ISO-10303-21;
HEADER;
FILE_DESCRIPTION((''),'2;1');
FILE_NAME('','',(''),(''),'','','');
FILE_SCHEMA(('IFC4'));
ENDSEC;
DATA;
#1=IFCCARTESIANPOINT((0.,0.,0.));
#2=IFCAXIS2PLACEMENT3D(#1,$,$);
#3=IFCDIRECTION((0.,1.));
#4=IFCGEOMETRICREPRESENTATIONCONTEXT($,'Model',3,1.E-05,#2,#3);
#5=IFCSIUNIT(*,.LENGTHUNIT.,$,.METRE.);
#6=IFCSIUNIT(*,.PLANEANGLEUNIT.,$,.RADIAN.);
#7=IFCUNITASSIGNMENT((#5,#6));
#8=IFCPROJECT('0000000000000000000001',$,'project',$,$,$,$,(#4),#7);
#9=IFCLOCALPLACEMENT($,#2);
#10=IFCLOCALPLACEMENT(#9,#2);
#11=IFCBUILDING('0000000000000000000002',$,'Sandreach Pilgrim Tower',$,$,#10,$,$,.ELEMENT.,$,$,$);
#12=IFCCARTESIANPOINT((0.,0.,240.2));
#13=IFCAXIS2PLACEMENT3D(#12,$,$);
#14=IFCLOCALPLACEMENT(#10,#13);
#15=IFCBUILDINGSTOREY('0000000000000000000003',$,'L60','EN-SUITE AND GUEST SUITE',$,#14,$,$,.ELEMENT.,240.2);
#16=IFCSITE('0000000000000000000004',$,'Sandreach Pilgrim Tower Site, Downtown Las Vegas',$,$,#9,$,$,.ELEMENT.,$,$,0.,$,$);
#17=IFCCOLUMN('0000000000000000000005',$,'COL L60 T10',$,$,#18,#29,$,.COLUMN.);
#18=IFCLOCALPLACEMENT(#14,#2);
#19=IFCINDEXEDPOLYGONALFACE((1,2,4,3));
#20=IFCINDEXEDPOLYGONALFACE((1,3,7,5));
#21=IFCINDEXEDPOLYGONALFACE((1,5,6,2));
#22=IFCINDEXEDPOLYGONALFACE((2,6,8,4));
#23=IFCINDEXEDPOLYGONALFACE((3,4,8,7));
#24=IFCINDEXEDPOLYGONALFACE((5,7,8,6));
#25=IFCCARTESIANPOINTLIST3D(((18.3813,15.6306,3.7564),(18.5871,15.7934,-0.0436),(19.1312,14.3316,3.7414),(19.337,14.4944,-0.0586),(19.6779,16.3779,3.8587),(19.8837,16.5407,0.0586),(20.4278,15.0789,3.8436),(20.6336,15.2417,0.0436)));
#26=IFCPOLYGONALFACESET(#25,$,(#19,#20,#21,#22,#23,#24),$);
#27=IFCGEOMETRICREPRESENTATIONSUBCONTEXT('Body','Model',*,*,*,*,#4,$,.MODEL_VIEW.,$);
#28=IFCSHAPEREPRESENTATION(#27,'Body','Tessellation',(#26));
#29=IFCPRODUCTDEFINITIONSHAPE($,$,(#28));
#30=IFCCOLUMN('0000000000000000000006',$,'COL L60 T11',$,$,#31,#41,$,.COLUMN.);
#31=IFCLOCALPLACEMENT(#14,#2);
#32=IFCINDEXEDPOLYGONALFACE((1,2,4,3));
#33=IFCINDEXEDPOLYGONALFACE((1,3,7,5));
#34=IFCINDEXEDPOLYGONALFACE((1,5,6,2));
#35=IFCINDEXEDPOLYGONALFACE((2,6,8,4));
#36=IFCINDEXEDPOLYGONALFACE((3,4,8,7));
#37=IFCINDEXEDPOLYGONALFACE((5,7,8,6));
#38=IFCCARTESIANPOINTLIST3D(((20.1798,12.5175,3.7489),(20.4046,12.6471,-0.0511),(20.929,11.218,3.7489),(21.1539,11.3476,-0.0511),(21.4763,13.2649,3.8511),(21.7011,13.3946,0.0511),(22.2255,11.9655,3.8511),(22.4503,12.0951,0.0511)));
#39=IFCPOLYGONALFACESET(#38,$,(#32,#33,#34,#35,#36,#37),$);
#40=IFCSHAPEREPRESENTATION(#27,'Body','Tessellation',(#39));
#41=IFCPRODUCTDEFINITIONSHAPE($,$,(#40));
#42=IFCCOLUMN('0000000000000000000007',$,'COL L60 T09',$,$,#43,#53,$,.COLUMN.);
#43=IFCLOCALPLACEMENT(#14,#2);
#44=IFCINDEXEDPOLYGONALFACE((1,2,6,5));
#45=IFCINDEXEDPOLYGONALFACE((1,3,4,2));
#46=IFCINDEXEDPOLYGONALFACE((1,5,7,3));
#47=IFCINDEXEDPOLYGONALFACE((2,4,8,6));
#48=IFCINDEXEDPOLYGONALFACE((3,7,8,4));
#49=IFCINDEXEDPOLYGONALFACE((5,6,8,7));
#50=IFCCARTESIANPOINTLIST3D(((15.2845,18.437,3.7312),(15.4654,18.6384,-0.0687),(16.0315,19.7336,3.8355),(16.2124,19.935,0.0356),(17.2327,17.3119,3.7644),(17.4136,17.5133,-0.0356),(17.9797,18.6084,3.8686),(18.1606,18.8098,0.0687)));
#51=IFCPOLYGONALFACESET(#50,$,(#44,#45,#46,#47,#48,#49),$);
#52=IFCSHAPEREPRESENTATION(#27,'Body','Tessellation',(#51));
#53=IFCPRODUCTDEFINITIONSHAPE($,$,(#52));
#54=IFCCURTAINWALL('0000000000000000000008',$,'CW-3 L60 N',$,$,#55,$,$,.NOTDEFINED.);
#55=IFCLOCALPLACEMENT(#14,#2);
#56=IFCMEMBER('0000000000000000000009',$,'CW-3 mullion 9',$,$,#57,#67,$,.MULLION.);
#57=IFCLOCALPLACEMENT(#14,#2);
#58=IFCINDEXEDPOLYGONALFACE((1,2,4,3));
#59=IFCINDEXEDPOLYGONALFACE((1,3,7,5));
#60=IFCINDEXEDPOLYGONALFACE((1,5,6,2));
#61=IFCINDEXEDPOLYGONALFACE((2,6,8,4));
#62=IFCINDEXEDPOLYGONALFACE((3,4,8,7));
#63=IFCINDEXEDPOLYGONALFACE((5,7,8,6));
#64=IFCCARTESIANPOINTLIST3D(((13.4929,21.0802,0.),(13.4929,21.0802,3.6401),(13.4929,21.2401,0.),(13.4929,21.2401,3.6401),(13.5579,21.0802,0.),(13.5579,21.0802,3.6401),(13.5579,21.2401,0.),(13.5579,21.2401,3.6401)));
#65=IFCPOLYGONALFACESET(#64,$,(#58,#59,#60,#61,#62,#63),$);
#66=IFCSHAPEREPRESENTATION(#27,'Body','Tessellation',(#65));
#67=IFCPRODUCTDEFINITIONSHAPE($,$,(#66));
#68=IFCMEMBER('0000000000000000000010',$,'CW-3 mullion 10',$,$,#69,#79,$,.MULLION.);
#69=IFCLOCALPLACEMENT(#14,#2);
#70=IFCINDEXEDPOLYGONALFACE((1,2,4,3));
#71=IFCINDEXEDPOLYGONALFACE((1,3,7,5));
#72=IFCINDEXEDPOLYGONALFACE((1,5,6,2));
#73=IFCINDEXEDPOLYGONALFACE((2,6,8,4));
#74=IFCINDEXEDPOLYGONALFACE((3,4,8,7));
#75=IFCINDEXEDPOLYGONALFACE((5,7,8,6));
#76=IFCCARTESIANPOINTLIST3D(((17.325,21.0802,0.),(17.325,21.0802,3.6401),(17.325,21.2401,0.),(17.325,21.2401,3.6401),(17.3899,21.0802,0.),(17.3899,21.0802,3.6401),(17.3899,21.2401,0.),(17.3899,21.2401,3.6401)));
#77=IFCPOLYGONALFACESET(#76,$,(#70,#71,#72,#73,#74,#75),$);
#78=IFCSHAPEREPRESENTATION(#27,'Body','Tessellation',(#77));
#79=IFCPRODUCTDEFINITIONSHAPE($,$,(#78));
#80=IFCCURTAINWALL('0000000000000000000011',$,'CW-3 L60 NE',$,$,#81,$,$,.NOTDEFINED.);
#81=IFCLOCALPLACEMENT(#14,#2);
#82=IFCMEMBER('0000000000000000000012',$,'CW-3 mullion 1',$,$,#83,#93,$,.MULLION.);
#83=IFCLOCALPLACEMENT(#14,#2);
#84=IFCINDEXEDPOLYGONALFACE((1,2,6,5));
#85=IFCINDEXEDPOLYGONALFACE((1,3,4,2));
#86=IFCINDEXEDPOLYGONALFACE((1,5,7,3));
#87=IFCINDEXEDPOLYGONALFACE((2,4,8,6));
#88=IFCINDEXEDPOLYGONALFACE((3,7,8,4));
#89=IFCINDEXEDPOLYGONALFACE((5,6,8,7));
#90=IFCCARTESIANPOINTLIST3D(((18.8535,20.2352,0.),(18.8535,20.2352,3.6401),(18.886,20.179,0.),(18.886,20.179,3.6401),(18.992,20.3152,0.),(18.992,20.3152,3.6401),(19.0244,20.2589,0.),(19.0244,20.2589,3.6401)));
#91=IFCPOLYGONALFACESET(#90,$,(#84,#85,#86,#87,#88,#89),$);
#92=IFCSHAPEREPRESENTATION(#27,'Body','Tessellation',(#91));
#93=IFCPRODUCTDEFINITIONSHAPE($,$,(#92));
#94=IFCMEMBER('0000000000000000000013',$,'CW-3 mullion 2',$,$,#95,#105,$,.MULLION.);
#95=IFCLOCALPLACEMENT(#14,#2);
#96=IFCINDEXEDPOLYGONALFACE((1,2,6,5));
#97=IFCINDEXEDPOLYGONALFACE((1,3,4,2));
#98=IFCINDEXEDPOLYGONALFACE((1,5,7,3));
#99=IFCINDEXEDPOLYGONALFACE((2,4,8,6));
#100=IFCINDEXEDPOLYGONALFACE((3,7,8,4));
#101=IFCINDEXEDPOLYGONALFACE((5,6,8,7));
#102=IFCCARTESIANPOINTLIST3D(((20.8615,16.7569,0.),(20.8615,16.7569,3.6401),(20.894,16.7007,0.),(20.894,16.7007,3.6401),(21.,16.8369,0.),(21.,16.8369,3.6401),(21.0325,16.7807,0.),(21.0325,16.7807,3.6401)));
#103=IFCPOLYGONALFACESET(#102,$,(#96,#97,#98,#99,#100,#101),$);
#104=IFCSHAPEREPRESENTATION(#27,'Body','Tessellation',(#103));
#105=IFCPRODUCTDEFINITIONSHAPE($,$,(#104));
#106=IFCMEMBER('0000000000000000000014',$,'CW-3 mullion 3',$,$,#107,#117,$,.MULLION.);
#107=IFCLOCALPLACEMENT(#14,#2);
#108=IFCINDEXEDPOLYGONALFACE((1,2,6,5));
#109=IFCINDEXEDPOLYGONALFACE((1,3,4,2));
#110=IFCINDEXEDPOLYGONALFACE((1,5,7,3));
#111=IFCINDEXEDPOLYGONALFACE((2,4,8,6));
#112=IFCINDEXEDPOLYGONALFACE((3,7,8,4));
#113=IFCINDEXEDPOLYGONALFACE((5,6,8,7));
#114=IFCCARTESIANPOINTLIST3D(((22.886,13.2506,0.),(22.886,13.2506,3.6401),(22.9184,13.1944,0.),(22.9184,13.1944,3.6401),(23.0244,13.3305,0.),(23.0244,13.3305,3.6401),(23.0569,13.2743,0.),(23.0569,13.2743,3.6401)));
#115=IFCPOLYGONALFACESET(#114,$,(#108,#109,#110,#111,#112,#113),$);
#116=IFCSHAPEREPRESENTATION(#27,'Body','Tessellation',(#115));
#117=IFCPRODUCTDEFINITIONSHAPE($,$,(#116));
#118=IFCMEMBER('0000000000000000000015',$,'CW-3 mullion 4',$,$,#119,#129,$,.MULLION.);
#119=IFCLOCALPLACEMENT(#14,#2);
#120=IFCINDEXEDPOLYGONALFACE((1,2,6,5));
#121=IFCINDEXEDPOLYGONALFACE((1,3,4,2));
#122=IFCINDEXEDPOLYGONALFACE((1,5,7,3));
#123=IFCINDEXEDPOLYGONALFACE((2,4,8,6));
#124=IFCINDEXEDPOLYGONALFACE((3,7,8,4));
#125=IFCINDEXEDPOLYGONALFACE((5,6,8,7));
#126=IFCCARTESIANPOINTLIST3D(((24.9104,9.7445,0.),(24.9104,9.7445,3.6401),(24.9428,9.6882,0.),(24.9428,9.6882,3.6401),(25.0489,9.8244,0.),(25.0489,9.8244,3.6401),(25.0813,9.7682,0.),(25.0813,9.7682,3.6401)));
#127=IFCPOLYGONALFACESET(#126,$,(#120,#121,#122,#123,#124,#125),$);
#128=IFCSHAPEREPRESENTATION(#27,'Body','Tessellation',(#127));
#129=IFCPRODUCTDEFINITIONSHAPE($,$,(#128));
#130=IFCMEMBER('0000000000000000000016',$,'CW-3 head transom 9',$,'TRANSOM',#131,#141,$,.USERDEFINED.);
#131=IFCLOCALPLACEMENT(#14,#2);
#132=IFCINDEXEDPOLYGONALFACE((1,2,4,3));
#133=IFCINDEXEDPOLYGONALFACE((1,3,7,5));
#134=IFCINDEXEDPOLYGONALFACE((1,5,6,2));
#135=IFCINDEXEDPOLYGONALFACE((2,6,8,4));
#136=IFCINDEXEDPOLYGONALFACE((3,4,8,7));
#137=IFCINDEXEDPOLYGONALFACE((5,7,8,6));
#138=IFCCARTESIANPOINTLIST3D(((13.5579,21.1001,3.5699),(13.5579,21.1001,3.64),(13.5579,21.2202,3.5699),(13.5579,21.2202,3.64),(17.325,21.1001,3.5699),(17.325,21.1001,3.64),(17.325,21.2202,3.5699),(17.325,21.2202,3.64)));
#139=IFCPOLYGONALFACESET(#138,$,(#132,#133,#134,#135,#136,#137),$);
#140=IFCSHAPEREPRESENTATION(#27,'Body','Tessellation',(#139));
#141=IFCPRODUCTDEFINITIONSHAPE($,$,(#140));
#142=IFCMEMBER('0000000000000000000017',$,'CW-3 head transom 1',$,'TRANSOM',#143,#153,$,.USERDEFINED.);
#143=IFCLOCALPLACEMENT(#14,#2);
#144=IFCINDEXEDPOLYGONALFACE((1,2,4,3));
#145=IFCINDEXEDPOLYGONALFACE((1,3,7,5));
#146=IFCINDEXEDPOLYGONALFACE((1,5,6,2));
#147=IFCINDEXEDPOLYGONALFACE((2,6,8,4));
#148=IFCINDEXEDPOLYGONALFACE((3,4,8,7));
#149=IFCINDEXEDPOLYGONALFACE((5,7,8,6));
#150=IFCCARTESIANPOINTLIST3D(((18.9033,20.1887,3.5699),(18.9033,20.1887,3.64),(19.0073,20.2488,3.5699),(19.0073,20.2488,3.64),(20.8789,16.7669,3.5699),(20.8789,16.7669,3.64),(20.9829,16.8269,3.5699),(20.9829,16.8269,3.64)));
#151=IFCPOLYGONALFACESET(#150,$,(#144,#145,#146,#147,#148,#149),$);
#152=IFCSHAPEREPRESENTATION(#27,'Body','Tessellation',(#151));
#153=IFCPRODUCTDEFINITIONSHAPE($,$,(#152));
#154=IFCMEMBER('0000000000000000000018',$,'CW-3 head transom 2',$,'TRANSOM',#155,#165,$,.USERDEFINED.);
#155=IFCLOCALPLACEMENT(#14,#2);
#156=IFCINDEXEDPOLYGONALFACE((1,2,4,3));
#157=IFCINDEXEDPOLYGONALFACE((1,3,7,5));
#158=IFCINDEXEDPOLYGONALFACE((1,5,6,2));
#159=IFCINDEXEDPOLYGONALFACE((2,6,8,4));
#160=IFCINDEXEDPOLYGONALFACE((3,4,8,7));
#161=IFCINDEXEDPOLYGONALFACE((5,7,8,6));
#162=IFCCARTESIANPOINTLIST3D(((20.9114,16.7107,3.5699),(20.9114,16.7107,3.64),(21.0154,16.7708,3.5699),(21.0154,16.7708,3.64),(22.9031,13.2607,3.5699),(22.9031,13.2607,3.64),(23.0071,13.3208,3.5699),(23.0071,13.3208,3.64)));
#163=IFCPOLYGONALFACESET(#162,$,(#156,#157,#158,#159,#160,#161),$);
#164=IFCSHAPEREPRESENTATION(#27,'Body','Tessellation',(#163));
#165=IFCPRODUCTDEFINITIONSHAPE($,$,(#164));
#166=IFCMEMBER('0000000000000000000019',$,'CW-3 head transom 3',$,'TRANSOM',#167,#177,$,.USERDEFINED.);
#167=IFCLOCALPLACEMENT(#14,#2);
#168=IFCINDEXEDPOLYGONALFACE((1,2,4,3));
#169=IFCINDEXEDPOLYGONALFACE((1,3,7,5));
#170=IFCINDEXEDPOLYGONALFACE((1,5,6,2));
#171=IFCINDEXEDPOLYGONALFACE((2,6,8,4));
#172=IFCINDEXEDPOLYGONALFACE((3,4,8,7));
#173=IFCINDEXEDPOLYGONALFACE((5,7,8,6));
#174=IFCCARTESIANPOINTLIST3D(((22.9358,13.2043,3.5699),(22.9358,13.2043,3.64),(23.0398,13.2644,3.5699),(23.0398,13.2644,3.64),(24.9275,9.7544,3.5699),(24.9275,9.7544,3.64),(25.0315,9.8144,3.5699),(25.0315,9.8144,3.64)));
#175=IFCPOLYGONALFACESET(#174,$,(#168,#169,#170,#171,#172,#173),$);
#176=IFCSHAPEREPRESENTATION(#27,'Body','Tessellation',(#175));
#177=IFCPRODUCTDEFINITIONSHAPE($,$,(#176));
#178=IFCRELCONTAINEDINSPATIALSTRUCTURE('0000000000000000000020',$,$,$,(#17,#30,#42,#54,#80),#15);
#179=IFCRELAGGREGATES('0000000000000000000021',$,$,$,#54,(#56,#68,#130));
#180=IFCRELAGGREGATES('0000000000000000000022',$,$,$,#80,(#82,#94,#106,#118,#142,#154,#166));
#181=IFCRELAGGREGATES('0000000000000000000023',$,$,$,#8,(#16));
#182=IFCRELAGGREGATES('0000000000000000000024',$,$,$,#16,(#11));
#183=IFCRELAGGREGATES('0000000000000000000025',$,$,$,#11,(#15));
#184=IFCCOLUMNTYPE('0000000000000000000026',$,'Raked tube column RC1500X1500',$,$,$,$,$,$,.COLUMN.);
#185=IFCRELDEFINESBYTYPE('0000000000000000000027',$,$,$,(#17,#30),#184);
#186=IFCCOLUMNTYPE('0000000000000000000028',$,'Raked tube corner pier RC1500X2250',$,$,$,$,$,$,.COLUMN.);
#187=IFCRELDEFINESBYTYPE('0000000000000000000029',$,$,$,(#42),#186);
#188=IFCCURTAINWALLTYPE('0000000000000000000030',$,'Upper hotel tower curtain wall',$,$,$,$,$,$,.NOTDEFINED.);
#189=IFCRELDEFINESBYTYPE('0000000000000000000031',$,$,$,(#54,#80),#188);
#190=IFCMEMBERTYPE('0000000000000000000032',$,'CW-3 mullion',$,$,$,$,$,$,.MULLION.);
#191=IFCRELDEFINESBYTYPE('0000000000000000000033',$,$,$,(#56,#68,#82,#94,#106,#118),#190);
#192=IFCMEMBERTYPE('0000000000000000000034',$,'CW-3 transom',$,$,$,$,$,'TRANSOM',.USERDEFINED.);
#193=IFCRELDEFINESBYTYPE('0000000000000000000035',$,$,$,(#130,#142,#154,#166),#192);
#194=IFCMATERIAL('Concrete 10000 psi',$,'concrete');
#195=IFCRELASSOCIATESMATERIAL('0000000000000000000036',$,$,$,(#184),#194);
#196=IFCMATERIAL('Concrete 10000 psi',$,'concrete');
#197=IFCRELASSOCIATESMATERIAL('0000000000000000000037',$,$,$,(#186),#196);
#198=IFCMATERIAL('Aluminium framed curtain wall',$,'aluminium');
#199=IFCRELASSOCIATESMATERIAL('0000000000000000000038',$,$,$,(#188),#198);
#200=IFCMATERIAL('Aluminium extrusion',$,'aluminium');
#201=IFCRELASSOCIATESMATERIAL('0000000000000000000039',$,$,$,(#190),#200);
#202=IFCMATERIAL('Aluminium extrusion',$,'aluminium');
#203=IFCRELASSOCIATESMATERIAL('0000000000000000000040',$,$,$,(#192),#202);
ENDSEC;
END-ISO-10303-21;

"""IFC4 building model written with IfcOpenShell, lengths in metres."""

from ifc_helpers import new_model, si_unit, direction, frame, origin, origin_2d, place, context, subcontext, project, spatial, rectangle, extrude, material, material_profile, profile_set, type_object, element, aggregate, save


model = new_model("IFC4")

# Units and contexts
model_context = context("Model", 3, precision=1e-05, world=origin(), true_north=direction((0.0, 1.0)))
body_context = subcontext(model_context, "Body", "Model", "MODEL_VIEW")
ifc_project = project(units=[si_unit("LENGTHUNIT", "METRE"), si_unit("PLANEANGLEUNIT", "RADIAN")], contexts=[model_context])

# Site, building, storey
site_placement = place(None, origin())
site = spatial("IfcSite", under=ifc_project, at=site_placement, Name="Sandreach Pilgrim Tower Site, Downtown Las Vegas", CompositionType="ELEMENT", RefElevation=0.0)
building_placement = place(site_placement, origin())
building = spatial("IfcBuilding", under=site, at=building_placement, Name="Sandreach Pilgrim Tower", CompositionType="ELEMENT")
storey_placement = place(building_placement, frame((0.0, 0.0, 240.2)))
storey = spatial("IfcBuildingStorey", under=building, at=storey_placement, Name="L60", Description="EN-SUITE AND GUEST SUITE", CompositionType="ELEMENT", Elevation=240.2)

# Columns
ifc_material_1 = material(Name="Concrete 10000 psi", Category="concrete")
ifc_material_profile_1 = material_profile(ifc_material_1, rectangle(XDim=1.5, YDim=1.5, at=origin_2d()), Name="RC1500X1500")
ifc_profile_set_1 = profile_set([ifc_material_profile_1], Name="Concrete 10000 psi")
column_type_1 = type_object("IfcColumnType", Name="Raked tube column RC1500X1500", PredefinedType="COLUMN", material=ifc_profile_set_1)
column_1_placement = place(storey_placement, frame((19.6104, 15.5176, 0.0), z_axis=(-0.054031, -0.042751, 0.997624), x_axis=(0.864378, 0.498202, 0.068164)))
element("IfcColumn", 1, at=column_1_placement, inside=storey, type_object=column_type_1, Name="COL L60 T10", PredefinedType="COLUMN", context=body_context, shape_type="SweptSolid", body=[
    extrude(rectangle(XDim=1.5, YDim=1.5, at=origin_2d()), origin(), (0.0, 0.0, 1.0), 3.8091),
])
column_2_placement = place(storey_placement, frame((21.4275, 12.3711, 0.0), z_axis=(-0.059034, -0.034036, 0.997676), x_axis=(0.864313, 0.498317, 0.068143)))
element("IfcColumn", 2, at=column_2_placement, inside=storey, type_object=column_type_1, Name="COL L60 T11", PredefinedType="COLUMN", context=body_context, shape_type="SweptSolid", body=[
    extrude(rectangle(XDim=1.5, YDim=1.5, at=origin_2d()), origin(), (0.0, 0.0, 1.0), 3.8088),
])
ifc_material_2 = material(Name="Concrete 10000 psi", Category="concrete")
ifc_material_profile_2 = material_profile(ifc_material_2, rectangle(XDim=1.5, YDim=2.25, at=origin_2d()), Name="RC1500X2250")
ifc_profile_set_2 = profile_set([ifc_material_profile_2], Name="Concrete 10000 psi")
column_type_2 = type_object("IfcColumnType", Name="Raked tube corner pier RC1500X2250", PredefinedType="COLUMN", material=ifc_profile_set_2)
column_3_placement = place(storey_placement, frame((16.813, 18.7241, 0.0), z_axis=(-0.047486, -0.05287, 0.997472), x_axis=(0.49802, 0.864374, 0.069524)))
element("IfcColumn", 3, at=column_3_placement, inside=storey, type_object=column_type_2, Name="COL L60 T09", PredefinedType="COLUMN", context=body_context, shape_type="SweptSolid", body=[
    extrude(rectangle(XDim=1.5, YDim=2.25, at=origin_2d()), origin(), (0.0, 0.0, 1.0), 3.8096),
])

# Curtain walls, members
ifc_material_3 = material(Name="Aluminium framed curtain wall", Category="aluminium")
curtain_wall_type = type_object("IfcCurtainWallType", Name="Upper hotel tower curtain wall", PredefinedType="NOTDEFINED", material=ifc_material_3)
curtain_wall_1_placement = place(storey_placement, origin())
curtain_wall_1 = element("IfcCurtainWall", 4, at=curtain_wall_1_placement, inside=storey, type_object=curtain_wall_type, Name="CW-3 L60 N", PredefinedType="NOTDEFINED")
ifc_material_4 = material(Name="Aluminium extrusion", Category="aluminium")
ifc_material_profile_3 = material_profile(ifc_material_4, rectangle(XDim=0.0649, YDim=0.1599, at=origin_2d()), Name="CW-3M 65X160")
ifc_profile_set_3 = profile_set([ifc_material_profile_3], Name="Aluminium extrusion")
member_type_1 = type_object("IfcMemberType", Name="CW-3 mullion", PredefinedType="MULLION", material=ifc_profile_set_3)
member_1_placement = place(storey_placement, frame((13.5254, 21.1602, 0.0), z_axis=(0.0, 0.0, 1.0), x_axis=(1.0, 0.0, 0.0)))
member_1 = element("IfcMember", 5, at=member_1_placement, type_object=member_type_1, Name="CW-3 mullion 9", PredefinedType="MULLION", context=body_context, shape_type="SweptSolid", body=[
    extrude(rectangle(XDim=0.0649, YDim=0.1599, at=origin_2d()), origin(), (0.0, 0.0, 1.0), 3.6401),
])
member_2_placement = place(storey_placement, frame((17.3574, 21.1602, 0.0), z_axis=(0.0, 0.0, 1.0), x_axis=(1.0, 0.0, 0.0)))
member_2 = element("IfcMember", 6, at=member_2_placement, type_object=member_type_1, Name="CW-3 mullion 10", PredefinedType="MULLION", context=body_context, shape_type="SweptSolid", body=[
    extrude(rectangle(XDim=0.0649, YDim=0.1599, at=origin_2d()), origin(), (0.0, 0.0, 1.0), 3.6401),
])
curtain_wall_2_placement = place(storey_placement, origin())
curtain_wall_2 = element("IfcCurtainWall", 7, at=curtain_wall_2_placement, inside=storey, type_object=curtain_wall_type, Name="CW-3 L60 NE", PredefinedType="NOTDEFINED")
member_3_placement = place(storey_placement, frame((18.939, 20.2471, 0.0), z_axis=(0.0, 0.0, 1.0), x_axis=(0.5, -0.866025, 0.0)))
member_3 = element("IfcMember", 8, at=member_3_placement, type_object=member_type_1, Name="CW-3 mullion 1", PredefinedType="MULLION", context=body_context, shape_type="SweptSolid", body=[
    extrude(rectangle(XDim=0.0649, YDim=0.1599, at=origin_2d()), origin(), (0.0, 0.0, 1.0), 3.6401),
])
member_4_placement = place(storey_placement, frame((20.947, 16.7688, 0.0), z_axis=(0.0, 0.0, 1.0), x_axis=(0.5, -0.866025, 0.0)))
member_4 = element("IfcMember", 9, at=member_4_placement, type_object=member_type_1, Name="CW-3 mullion 2", PredefinedType="MULLION", context=body_context, shape_type="SweptSolid", body=[
    extrude(rectangle(XDim=0.0649, YDim=0.1599, at=origin_2d()), origin(), (0.0, 0.0, 1.0), 3.6401),
])
member_5_placement = place(storey_placement, frame((22.9714, 13.2625, 0.0), z_axis=(0.0, 0.0, 1.0), x_axis=(0.5, -0.866025, 0.0)))
member_5 = element("IfcMember", 10, at=member_5_placement, type_object=member_type_1, Name="CW-3 mullion 3", PredefinedType="MULLION", context=body_context, shape_type="SweptSolid", body=[
    extrude(rectangle(XDim=0.0649, YDim=0.1599, at=origin_2d()), origin(), (0.0, 0.0, 1.0), 3.6401),
])
member_6_placement = place(storey_placement, frame((24.9958, 9.7563, 0.0), z_axis=(0.0, 0.0, 1.0), x_axis=(0.5, -0.866025, 0.0)))
member_6 = element("IfcMember", 11, at=member_6_placement, type_object=member_type_1, Name="CW-3 mullion 4", PredefinedType="MULLION", context=body_context, shape_type="SweptSolid", body=[
    extrude(rectangle(XDim=0.0649, YDim=0.1599, at=origin_2d()), origin(), (0.0, 0.0, 1.0), 3.6401),
])

# Members
ifc_material_5 = material(Name="Aluminium extrusion", Category="aluminium")
ifc_material_profile_4 = material_profile(ifc_material_5, rectangle(XDim=0.1201, YDim=0.0701, at=origin_2d()), Name="CW-3T 120X70")
ifc_profile_set_4 = profile_set([ifc_material_profile_4], Name="Aluminium extrusion")
member_type_2 = type_object("IfcMemberType", Name="CW-3 transom", ElementType="TRANSOM", PredefinedType="USERDEFINED", material=ifc_profile_set_4)
member_7_placement = place(storey_placement, frame((13.5579, 21.1602, 3.605), z_axis=(1.0, 0.0, 0.0), x_axis=(0.0, 1.0, 0.0)))
member_7 = element("IfcMember", 12, at=member_7_placement, type_object=member_type_2, Name="CW-3 head transom 9", ObjectType="TRANSOM", PredefinedType="USERDEFINED", context=body_context, shape_type="SweptSolid", body=[
    extrude(rectangle(XDim=0.1201, YDim=0.0701, at=origin_2d()), origin(), (0.0, 0.0, 1.0), 3.7671),
])
member_8_placement = place(storey_placement, frame((18.9553, 20.2188, 3.605), z_axis=(0.499993, -0.866029, 0.0), x_axis=(0.866029, 0.499993, 0.0)))
member_8 = element("IfcMember", 13, at=member_8_placement, type_object=member_type_2, Name="CW-3 head transom 1", ObjectType="TRANSOM", PredefinedType="USERDEFINED", context=body_context, shape_type="SweptSolid", body=[
    extrude(rectangle(XDim=0.1201, YDim=0.0701, at=origin_2d()), origin(), (0.0, 0.0, 1.0), 3.9512),
])
member_9_placement = place(storey_placement, frame((20.9634, 16.7407, 3.605), z_axis=(0.499975, -0.86604, 0.0), x_axis=(0.86604, 0.499975, 0.0)))
member_9 = element("IfcMember", 14, at=member_9_placement, type_object=member_type_2, Name="CW-3 head transom 2", ObjectType="TRANSOM", PredefinedType="USERDEFINED", context=body_context, shape_type="SweptSolid", body=[
    extrude(rectangle(XDim=0.1201, YDim=0.0701, at=origin_2d()), origin(), (0.0, 0.0, 1.0), 3.9836),
])
member_10_placement = place(storey_placement, frame((22.9878, 13.2344, 3.605), z_axis=(0.499975, -0.86604, 0.0), x_axis=(0.86604, 0.499975, 0.0)))
member_10 = element("IfcMember", 15, at=member_10_placement, type_object=member_type_2, Name="CW-3 head transom 3", ObjectType="TRANSOM", PredefinedType="USERDEFINED", context=body_context, shape_type="SweptSolid", body=[
    extrude(rectangle(XDim=0.1201, YDim=0.0701, at=origin_2d()), origin(), (0.0, 0.0, 1.0), 3.9836),
])

aggregate(curtain_wall_1, [member_1, member_2, member_7])
aggregate(curtain_wall_2, [member_3, member_4, member_5, member_6, member_8, member_9, member_10])

save(model, "model.ifc")
